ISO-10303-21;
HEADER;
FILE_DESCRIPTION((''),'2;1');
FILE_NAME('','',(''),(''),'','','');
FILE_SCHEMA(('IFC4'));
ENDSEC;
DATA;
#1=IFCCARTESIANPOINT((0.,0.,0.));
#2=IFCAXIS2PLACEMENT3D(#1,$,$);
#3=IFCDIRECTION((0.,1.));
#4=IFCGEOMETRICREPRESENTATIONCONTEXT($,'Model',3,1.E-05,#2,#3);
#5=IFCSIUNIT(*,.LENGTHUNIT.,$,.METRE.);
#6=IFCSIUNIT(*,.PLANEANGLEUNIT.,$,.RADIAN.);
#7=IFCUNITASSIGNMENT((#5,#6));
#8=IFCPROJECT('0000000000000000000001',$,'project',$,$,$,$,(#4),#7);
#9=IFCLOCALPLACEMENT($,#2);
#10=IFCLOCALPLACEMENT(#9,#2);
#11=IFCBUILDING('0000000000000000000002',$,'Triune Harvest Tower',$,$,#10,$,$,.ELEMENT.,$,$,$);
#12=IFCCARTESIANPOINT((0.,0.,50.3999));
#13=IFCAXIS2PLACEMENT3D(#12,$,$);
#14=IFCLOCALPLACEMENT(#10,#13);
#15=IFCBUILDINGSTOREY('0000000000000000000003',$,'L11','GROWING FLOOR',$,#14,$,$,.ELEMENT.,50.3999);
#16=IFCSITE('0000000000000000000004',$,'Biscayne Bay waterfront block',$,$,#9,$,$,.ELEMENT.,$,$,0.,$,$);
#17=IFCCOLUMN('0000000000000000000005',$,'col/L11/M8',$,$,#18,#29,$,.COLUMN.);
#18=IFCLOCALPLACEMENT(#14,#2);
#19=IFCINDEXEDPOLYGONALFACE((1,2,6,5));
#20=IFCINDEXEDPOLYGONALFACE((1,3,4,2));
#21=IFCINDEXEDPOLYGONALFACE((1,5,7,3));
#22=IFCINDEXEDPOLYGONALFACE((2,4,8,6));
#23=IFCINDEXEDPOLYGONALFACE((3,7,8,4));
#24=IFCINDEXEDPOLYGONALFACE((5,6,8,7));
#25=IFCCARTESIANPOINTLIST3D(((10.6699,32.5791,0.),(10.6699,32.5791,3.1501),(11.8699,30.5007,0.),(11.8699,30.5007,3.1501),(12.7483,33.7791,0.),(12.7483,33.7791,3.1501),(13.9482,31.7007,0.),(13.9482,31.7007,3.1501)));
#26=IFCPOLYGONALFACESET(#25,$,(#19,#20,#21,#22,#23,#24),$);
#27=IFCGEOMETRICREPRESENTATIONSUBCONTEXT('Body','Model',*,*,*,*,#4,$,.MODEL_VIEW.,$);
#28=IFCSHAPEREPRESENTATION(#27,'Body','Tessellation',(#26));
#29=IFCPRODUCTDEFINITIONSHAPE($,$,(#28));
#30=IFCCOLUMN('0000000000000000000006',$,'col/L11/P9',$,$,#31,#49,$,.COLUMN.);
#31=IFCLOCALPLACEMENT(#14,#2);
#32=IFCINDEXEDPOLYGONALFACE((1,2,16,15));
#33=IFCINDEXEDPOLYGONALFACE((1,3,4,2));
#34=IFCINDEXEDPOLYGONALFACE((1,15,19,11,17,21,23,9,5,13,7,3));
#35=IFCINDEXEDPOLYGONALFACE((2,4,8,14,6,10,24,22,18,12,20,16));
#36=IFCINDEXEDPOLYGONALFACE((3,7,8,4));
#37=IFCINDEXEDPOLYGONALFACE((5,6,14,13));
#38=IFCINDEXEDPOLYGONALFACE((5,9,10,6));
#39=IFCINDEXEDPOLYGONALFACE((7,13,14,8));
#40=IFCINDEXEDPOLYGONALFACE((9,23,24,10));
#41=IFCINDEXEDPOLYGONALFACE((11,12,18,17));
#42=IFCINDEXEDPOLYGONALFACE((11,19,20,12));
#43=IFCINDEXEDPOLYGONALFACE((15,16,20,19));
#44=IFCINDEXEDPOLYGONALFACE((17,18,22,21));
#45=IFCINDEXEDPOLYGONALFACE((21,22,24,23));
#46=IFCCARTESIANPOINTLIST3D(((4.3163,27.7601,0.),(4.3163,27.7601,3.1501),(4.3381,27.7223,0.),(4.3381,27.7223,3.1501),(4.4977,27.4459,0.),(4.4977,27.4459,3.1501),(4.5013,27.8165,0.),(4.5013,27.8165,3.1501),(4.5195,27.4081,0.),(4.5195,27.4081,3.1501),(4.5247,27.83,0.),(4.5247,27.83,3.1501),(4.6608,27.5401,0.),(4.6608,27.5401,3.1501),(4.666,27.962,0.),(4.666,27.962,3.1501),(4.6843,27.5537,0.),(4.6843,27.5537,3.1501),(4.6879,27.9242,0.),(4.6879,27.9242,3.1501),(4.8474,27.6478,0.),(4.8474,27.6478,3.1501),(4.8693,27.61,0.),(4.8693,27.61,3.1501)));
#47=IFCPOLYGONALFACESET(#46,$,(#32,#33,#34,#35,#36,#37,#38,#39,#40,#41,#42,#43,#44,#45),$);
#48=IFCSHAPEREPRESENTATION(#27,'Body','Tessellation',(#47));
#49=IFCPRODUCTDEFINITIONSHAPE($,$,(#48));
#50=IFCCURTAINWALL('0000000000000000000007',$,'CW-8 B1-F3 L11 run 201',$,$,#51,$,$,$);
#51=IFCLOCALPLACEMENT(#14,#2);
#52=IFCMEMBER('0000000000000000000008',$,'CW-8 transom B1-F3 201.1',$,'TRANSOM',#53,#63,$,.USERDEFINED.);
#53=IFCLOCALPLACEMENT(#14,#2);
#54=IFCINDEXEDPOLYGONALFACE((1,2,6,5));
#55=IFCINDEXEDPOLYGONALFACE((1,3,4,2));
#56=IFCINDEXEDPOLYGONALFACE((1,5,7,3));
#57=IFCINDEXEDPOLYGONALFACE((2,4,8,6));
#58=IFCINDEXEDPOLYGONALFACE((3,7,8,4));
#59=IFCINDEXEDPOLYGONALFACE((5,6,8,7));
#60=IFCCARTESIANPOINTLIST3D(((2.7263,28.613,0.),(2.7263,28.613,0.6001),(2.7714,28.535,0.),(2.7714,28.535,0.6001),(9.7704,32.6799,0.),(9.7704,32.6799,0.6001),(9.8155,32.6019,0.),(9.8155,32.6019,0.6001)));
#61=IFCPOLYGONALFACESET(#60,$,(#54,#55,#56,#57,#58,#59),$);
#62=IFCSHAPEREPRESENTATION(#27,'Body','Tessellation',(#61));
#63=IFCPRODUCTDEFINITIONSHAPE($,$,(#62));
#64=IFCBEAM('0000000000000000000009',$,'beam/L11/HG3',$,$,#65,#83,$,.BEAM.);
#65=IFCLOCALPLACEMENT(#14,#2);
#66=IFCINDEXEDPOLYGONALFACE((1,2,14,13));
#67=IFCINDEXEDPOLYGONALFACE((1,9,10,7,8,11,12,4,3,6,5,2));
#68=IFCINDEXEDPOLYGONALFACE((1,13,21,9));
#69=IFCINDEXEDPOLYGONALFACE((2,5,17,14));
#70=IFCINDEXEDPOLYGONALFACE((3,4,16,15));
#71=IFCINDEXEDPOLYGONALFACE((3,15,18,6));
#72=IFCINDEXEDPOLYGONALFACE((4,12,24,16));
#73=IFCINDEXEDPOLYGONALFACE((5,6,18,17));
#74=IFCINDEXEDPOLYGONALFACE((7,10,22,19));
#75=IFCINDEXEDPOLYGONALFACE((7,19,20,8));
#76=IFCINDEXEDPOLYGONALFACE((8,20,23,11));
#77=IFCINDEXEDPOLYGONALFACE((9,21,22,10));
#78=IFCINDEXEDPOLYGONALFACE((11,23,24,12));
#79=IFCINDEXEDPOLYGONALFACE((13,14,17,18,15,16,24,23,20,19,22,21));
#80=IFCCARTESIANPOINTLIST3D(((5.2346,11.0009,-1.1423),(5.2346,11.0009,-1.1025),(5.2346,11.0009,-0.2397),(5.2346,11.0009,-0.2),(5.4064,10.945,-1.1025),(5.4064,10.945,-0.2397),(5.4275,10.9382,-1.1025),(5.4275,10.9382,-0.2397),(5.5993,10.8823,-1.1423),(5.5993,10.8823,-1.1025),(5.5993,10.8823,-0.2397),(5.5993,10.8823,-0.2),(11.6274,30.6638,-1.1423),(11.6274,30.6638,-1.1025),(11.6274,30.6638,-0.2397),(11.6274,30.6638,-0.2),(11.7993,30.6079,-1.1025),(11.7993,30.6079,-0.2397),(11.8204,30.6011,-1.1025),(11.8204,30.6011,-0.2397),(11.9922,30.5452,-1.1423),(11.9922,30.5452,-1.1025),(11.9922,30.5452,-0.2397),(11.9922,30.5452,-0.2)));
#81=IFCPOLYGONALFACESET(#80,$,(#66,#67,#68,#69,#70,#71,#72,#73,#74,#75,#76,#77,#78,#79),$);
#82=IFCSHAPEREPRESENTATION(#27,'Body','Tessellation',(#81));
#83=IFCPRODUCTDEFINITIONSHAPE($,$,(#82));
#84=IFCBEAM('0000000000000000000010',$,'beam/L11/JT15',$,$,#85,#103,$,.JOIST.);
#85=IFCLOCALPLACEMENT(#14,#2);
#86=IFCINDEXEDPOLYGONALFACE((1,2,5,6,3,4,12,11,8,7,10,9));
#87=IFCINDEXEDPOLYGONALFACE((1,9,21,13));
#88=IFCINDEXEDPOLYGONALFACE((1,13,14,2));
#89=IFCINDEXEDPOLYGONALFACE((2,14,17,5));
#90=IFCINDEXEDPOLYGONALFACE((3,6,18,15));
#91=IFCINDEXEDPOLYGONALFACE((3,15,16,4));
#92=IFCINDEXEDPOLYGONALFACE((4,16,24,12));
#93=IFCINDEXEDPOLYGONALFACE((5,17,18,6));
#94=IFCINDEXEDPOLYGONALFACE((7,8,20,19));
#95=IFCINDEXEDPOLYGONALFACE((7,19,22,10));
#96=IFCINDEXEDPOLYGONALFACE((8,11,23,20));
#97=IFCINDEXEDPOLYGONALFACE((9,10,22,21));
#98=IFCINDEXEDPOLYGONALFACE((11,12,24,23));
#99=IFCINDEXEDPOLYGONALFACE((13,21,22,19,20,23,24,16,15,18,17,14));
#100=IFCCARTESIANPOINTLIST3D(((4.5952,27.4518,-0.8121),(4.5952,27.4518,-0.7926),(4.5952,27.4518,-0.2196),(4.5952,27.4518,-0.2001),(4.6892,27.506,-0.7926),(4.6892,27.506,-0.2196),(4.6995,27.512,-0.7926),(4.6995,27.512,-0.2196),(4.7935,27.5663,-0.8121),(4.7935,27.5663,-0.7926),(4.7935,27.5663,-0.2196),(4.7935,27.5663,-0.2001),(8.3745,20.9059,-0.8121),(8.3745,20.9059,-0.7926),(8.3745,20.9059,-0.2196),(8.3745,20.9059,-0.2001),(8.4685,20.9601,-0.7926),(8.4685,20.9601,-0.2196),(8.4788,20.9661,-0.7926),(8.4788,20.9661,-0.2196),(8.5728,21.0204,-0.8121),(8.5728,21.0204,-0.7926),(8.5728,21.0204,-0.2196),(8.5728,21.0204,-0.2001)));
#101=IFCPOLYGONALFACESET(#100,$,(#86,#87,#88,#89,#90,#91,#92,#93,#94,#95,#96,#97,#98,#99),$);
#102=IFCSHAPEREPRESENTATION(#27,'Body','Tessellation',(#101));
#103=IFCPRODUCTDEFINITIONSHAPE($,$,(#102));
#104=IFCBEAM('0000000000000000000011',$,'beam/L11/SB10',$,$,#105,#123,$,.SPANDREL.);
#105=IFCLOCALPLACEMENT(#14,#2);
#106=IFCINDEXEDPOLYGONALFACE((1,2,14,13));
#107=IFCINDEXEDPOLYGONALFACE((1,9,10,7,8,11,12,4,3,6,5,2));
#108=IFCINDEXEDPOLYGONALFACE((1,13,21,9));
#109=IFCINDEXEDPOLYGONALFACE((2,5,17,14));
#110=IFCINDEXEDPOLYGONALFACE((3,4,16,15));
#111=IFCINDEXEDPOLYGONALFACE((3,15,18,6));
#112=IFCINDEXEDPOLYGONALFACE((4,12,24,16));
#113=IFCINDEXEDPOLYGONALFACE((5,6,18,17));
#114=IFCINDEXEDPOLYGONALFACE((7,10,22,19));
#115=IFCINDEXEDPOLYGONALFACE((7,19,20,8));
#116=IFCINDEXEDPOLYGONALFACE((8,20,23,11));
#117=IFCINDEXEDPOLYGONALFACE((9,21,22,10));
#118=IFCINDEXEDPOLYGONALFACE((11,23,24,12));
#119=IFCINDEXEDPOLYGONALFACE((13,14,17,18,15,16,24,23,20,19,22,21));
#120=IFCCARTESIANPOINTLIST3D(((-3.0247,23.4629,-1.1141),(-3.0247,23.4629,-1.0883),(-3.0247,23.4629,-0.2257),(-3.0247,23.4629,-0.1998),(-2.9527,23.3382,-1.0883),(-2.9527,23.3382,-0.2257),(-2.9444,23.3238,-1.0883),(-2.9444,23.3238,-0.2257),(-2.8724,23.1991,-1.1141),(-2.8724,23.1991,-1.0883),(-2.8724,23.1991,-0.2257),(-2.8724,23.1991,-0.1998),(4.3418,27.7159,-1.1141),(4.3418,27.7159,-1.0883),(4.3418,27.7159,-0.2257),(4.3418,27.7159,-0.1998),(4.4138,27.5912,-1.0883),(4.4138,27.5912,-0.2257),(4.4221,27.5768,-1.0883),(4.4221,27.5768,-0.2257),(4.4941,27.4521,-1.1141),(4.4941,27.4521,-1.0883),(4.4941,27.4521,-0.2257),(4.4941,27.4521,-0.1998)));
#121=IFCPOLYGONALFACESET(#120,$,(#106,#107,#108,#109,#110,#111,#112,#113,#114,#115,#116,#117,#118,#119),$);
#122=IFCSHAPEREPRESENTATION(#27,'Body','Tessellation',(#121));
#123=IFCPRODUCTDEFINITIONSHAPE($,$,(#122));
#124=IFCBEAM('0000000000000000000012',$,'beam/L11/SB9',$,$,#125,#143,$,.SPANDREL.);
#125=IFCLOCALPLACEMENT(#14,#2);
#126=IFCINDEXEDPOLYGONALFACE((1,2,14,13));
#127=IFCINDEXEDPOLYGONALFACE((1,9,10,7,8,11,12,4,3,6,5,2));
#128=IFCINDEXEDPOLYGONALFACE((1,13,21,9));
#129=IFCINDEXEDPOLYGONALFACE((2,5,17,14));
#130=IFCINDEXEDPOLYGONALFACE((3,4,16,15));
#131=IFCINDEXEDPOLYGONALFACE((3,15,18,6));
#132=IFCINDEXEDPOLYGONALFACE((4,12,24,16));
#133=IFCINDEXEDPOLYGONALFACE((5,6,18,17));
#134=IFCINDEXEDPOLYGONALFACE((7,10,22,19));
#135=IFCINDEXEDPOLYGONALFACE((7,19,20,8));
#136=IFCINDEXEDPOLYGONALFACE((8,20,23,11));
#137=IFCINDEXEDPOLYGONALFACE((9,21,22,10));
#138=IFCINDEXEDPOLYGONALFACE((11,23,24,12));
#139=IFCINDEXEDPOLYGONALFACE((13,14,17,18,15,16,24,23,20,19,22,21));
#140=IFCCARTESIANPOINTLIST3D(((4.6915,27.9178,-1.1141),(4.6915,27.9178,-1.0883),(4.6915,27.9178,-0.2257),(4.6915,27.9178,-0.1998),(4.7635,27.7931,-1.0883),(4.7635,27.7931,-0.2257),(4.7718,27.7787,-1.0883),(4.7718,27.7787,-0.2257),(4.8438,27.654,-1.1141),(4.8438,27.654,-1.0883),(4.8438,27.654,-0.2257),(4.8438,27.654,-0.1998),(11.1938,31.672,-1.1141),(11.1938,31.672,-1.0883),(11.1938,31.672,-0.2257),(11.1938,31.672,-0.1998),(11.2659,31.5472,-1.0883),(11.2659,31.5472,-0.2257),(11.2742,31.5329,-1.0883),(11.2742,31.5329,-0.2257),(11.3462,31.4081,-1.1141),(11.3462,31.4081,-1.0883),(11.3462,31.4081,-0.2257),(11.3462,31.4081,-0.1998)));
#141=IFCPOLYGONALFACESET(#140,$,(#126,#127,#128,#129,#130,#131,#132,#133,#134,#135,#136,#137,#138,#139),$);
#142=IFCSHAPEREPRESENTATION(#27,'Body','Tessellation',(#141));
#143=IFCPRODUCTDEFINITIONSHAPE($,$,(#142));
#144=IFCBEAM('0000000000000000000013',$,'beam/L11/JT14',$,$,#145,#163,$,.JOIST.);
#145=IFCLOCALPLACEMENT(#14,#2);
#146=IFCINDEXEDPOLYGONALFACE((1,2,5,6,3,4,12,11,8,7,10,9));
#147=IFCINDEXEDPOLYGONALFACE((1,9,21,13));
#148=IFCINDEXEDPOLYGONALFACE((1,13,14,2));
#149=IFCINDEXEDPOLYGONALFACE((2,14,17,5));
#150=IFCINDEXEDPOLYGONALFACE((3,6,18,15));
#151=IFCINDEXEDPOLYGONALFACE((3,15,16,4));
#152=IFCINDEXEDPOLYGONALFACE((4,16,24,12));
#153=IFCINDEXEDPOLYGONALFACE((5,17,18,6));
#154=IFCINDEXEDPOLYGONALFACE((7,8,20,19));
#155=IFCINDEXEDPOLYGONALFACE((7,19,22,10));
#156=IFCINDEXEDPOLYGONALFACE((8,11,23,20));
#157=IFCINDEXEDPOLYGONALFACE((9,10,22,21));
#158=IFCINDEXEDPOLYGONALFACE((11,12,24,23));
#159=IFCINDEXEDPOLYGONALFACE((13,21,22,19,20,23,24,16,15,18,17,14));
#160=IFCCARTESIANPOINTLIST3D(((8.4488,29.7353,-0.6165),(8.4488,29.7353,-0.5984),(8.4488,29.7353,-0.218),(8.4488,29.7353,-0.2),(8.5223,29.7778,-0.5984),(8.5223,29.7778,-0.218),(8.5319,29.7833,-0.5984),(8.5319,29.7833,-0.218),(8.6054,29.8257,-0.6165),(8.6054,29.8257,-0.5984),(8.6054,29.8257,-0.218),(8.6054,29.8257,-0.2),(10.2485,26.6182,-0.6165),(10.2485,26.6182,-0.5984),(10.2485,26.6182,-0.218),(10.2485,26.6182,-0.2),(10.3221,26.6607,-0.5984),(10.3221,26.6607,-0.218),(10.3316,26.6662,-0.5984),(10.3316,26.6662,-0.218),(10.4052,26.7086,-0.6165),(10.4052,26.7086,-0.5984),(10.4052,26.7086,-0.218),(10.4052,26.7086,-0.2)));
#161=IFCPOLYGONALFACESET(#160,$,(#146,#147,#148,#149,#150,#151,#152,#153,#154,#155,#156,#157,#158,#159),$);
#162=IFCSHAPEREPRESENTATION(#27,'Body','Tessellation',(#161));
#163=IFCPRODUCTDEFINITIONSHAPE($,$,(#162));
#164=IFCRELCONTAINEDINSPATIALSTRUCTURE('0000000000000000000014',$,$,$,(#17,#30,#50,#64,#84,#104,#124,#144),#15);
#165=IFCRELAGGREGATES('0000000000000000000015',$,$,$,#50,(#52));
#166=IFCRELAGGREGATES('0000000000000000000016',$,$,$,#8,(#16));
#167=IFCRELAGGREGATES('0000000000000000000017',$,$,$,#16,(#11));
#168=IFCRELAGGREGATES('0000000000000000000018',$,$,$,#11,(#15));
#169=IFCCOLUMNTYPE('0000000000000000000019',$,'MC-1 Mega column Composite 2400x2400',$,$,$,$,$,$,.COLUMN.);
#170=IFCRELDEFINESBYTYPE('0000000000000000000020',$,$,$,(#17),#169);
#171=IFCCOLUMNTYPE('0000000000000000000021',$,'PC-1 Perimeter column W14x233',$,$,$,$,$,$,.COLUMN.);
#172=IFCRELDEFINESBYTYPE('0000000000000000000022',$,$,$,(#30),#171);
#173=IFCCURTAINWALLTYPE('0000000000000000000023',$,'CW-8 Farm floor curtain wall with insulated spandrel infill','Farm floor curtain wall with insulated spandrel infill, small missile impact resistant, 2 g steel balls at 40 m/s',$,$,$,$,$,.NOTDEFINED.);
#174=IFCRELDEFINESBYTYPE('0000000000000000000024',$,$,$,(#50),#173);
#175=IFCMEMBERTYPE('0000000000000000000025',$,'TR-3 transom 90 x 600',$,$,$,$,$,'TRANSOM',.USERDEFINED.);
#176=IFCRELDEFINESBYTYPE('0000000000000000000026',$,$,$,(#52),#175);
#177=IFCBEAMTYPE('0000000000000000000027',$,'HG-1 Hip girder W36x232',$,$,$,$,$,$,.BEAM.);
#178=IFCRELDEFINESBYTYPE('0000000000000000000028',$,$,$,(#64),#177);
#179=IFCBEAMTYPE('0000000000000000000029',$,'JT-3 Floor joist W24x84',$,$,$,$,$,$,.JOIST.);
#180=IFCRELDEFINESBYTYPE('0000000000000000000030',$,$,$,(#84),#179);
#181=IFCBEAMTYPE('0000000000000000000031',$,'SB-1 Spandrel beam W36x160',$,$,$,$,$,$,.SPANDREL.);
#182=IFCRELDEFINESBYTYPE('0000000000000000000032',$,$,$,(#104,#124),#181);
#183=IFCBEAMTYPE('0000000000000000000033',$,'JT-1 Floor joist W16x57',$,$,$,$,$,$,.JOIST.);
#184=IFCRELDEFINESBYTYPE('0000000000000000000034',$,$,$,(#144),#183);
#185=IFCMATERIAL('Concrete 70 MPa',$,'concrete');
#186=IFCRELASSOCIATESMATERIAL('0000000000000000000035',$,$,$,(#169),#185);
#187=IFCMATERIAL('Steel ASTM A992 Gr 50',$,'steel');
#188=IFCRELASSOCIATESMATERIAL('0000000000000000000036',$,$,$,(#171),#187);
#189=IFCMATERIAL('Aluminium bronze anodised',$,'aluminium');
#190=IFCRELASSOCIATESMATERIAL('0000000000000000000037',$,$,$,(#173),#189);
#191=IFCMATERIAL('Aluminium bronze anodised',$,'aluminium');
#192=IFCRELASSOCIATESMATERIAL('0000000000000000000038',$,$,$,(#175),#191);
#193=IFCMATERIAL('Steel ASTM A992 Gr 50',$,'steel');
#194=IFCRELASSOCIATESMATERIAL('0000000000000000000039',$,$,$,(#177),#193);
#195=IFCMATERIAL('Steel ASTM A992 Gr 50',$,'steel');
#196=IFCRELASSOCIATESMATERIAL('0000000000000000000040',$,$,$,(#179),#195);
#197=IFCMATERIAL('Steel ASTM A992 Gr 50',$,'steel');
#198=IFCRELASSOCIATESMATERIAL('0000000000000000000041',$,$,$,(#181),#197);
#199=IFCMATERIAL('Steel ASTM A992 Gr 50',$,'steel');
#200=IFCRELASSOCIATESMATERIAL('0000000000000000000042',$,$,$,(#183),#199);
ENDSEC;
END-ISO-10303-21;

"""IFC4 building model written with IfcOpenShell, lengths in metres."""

from ifc_helpers import new_model, si_unit, direction, frame, origin, origin_2d, place, context, subcontext, project, spatial, rectangle, i_section, extrude, source, transform, mapped, material, material_profile, profile_set, type_object, element, aggregate, save


model = new_model("IFC4")

# Units and contexts
model_context = context("Model", 3, precision=1e-05, world=origin(), true_north=direction((0.0, 1.0)))
body_context = subcontext(model_context, "Body", "Model", "MODEL_VIEW")
ifc_project = project(units=[si_unit("LENGTHUNIT", "METRE"), si_unit("PLANEANGLEUNIT", "RADIAN")], contexts=[model_context])

# Site, building, storey
site_placement = place(None, origin())
site = spatial("IfcSite", under=ifc_project, at=site_placement, Name="Biscayne Bay waterfront block", CompositionType="ELEMENT", RefElevation=0.0)
building_placement = place(site_placement, origin())
building = spatial("IfcBuilding", under=site, at=building_placement, Name="Triune Harvest Tower", CompositionType="ELEMENT")
storey_placement = place(building_placement, frame((0.0, 0.0, 50.3999)))
storey = spatial("IfcBuildingStorey", under=building, at=storey_placement, Name="L11", Description="GROWING FLOOR", CompositionType="ELEMENT", Elevation=50.3999)

# Columns
ifc_material_1 = material(Name="Concrete 70 MPa", Category="concrete")
ifc_material_profile_1 = material_profile(ifc_material_1, rectangle(XDim=2.3999, YDim=2.3999, at=origin_2d()), Name="Composite 2400x2400")
ifc_profile_set_1 = profile_set([ifc_material_profile_1], Name="Concrete 70 MPa")
column_type_1 = type_object("IfcColumnType", Name="MC-1 Mega column Composite 2400x2400", PredefinedType="COLUMN", material=ifc_profile_set_1)
shared_shape_1 = source(origin(), body_context, "Body", "SweptSolid", [
    extrude(rectangle(XDim=2.3999, YDim=2.3999, at=origin_2d()), origin(), (0.0, 0.0, 1.0), 3.1501),
])
column_1_placement = place(storey_placement, frame((12.3091, 32.1399, 0.0), z_axis=(0.0, 0.0, 1.0), x_axis=(-0.866025, -0.5, 0.0)))
element("IfcColumn", 1, at=column_1_placement, inside=storey, type_object=column_type_1, Name="col/L11/M8", PredefinedType="COLUMN", context=body_context, shape_type="MappedRepresentation", body=[
    mapped(shared_shape_1, transform((0.0, 0.0, 0.0), scale=1.0)),
])
ifc_material_2 = material(Name="Steel ASTM A992 Gr 50", Category="steel")
ifc_material_profile_2 = material_profile(ifc_material_2, i_section(OverallWidth=0.4038, OverallDepth=0.4065, WebThickness=0.0271, FlangeThickness=0.0437, at=origin_2d()), Name="W14x233")
ifc_profile_set_2 = profile_set([ifc_material_profile_2], Name="Steel ASTM A992 Gr 50")
column_type_2 = type_object("IfcColumnType", Name="PC-1 Perimeter column W14x233", PredefinedType="COLUMN", material=ifc_profile_set_2)
shared_shape_2 = source(origin(), body_context, "Body", "SweptSolid", [
    extrude(i_section(OverallWidth=0.4038, OverallDepth=0.4065, WebThickness=0.0271, FlangeThickness=0.0437, at=origin_2d()), origin(), (0.0, 0.0, 1.0), 3.1501),
])
column_2_placement = place(storey_placement, frame((4.5928, 27.6851, 0.0), z_axis=(0.0, 0.0, 1.0), x_axis=(-0.866025, -0.5, 0.0)))
element("IfcColumn", 2, at=column_2_placement, inside=storey, type_object=column_type_2, Name="col/L11/P9", PredefinedType="COLUMN", context=body_context, shape_type="MappedRepresentation", body=[
    mapped(shared_shape_2, transform((0.0, 0.0, 0.0), scale=1.0)),
])

# Curtain wall, member
ifc_material_3 = material(Name="Aluminium bronze anodised", Category="aluminium")
curtain_wall_type_1 = type_object("IfcCurtainWallType", Name="CW-8 Farm floor curtain wall with insulated spandrel infill", Description="Farm floor curtain wall with insulated spandrel infill, small missile impact resistant, 2 g steel balls at 40 m/s", PredefinedType="NOTDEFINED", material=ifc_material_3)
curtain_wall_1_placement = place(storey_placement, origin())
curtain_wall_1 = element("IfcCurtainWall", 3, at=curtain_wall_1_placement, inside=storey, type_object=curtain_wall_type_1, Name="CW-8 B1-F3 L11 run 201")
ifc_material_4 = material(Name="Aluminium bronze anodised", Category="aluminium")
ifc_material_profile_3 = material_profile(ifc_material_4, rectangle(XDim=0.0901, YDim=0.6001, at=origin_2d()), Name="TR-3 transom 90 x 600")
ifc_profile_set_3 = profile_set([ifc_material_profile_3], Name="Aluminium bronze anodised")
member_type_1 = type_object("IfcMemberType", Name="TR-3 transom 90 x 600", ElementType="TRANSOM", PredefinedType="USERDEFINED", material=ifc_profile_set_3)
member_1_placement = place(storey_placement, frame((9.793, 32.6409, 0.3), z_axis=(-0.866029, -0.499994, 0.0), x_axis=(0.499994, -0.866029, 0.0)))
member_1 = element("IfcMember", 4, at=member_1_placement, type_object=member_type_1, Name="CW-8 transom B1-F3 201.1", ObjectType="TRANSOM", PredefinedType="USERDEFINED", context=body_context, shape_type="SweptSolid", body=[
    extrude(rectangle(XDim=0.0901, YDim=0.6001, at=origin_2d()), origin(), (0.0, 0.0, 1.0), 8.1338),
])

# Beams
ifc_material_5 = material(Name="Steel ASTM A992 Gr 50", Category="steel")
ifc_material_profile_4 = material_profile(ifc_material_5, i_section(OverallWidth=0.3835, OverallDepth=0.9424, WebThickness=0.0222, FlangeThickness=0.0398, at=origin_2d()), Name="W36x232")
ifc_profile_set_4 = profile_set([ifc_material_profile_4], Name="Steel ASTM A992 Gr 50")
beam_type_1 = type_object("IfcBeamType", Name="HG-1 Hip girder W36x232", PredefinedType="BEAM", material=ifc_profile_set_4)
shared_shape_3 = source(origin(), body_context, "Body", "SweptSolid", [
    extrude(i_section(OverallWidth=0.3835, OverallDepth=0.9424, WebThickness=0.0222, FlangeThickness=0.0398, at=origin_2d()), origin(), (0.0, 0.0, 1.0), 20.676),
])
beam_1_placement = place(storey_placement, frame((11.8098, 30.6045, -0.6711), z_axis=(-0.309191, -0.951, 0.0), x_axis=(0.951, -0.309191, 0.0)))
element("IfcBeam", 5, at=beam_1_placement, inside=storey, type_object=beam_type_1, Name="beam/L11/HG3", PredefinedType="BEAM", context=body_context, shape_type="MappedRepresentation", body=[
    mapped(shared_shape_3, transform((0.0, 0.0, 0.0), scale=1.0)),
])
ifc_material_6 = material(Name="Steel ASTM A992 Gr 50", Category="steel")
ifc_material_profile_5 = material_profile(ifc_material_6, i_section(OverallWidth=0.229, OverallDepth=0.6121, WebThickness=0.012, FlangeThickness=0.0195, at=origin_2d()), Name="W24x84")
ifc_profile_set_5 = profile_set([ifc_material_profile_5], Name="Steel ASTM A992 Gr 50")
beam_type_2 = type_object("IfcBeamType", Name="JT-3 Floor joist W24x84", PredefinedType="JOIST", material=ifc_profile_set_5)
shared_shape_4 = source(origin(), body_context, "Body", "SweptSolid", [
    extrude(i_section(OverallWidth=0.229, OverallDepth=0.6121, WebThickness=0.012, FlangeThickness=0.0195, at=origin_2d()), origin(), (0.0, 0.0, 1.0), 7.5586),
])
beam_2_placement = place(storey_placement, frame((4.6943, 27.509, -0.5061), z_axis=(0.500002, -0.866024, 0.0), x_axis=(0.866024, 0.500002, 0.0)))
element("IfcBeam", 6, at=beam_2_placement, inside=storey, type_object=beam_type_2, Name="beam/L11/JT15", PredefinedType="JOIST", context=body_context, shape_type="MappedRepresentation", body=[
    mapped(shared_shape_4, transform((0.0, 0.0, 0.0), scale=1.0)),
])
ifc_material_7 = material(Name="Steel ASTM A992 Gr 50", Category="steel")
ifc_material_profile_6 = material_profile(ifc_material_7, i_section(OverallWidth=0.3047, OverallDepth=0.9143, WebThickness=0.0166, FlangeThickness=0.0259, at=origin_2d()), Name="W36x160")
ifc_profile_set_6 = profile_set([ifc_material_profile_6], Name="Steel ASTM A992 Gr 50")
beam_type_3 = type_object("IfcBeamType", Name="SB-1 Spandrel beam W36x160", PredefinedType="SPANDREL", material=ifc_profile_set_6)
shared_shape_5 = source(origin(), body_context, "Body", "SweptSolid", [
    extrude(i_section(OverallWidth=0.3047, OverallDepth=0.9143, WebThickness=0.0166, FlangeThickness=0.0259, at=origin_2d()), origin(), (0.0, 0.0, 1.0), 8.5061),
])
beam_3_placement = place(storey_placement, frame((4.418, 27.584, -0.657), z_axis=(-0.86603, -0.499992, 0.0), x_axis=(0.499992, -0.86603, 0.0)))
element("IfcBeam", 7, at=beam_3_placement, inside=storey, type_object=beam_type_3, Name="beam/L11/SB10", PredefinedType="SPANDREL", context=body_context, shape_type="MappedRepresentation", body=[
    mapped(shared_shape_5, transform((0.0, 0.0, 0.0), scale=1.0)),
])
shared_shape_6 = source(origin(), body_context, "Body", "SweptSolid", [
    extrude(i_section(OverallWidth=0.3047, OverallDepth=0.9143, WebThickness=0.0166, FlangeThickness=0.0259, at=origin_2d()), origin(), (0.0, 0.0, 1.0), 7.5083),
])
beam_4_placement = place(storey_placement, frame((11.27, 31.54, -0.657), z_axis=(-0.866027, -0.499996, 0.0), x_axis=(0.499996, -0.866027, 0.0)))
element("IfcBeam", 8, at=beam_4_placement, inside=storey, type_object=beam_type_3, Name="beam/L11/SB9", PredefinedType="SPANDREL", context=body_context, shape_type="MappedRepresentation", body=[
    mapped(shared_shape_6, transform((0.0, 0.0, 0.0), scale=1.0)),
])
ifc_material_8 = material(Name="Steel ASTM A992 Gr 50", Category="steel")
ifc_material_profile_7 = material_profile(ifc_material_8, i_section(OverallWidth=0.1809, OverallDepth=0.4165, WebThickness=0.011, FlangeThickness=0.0181, at=origin_2d()), Name="W16x57")
ifc_profile_set_7 = profile_set([ifc_material_profile_7], Name="Steel ASTM A992 Gr 50")
beam_type_4 = type_object("IfcBeamType", Name="JT-1 Floor joist W16x57", PredefinedType="JOIST", material=ifc_profile_set_7)
shared_shape_7 = source(origin(), body_context, "Body", "SweptSolid", [
    extrude(i_section(OverallWidth=0.1809, OverallDepth=0.4165, WebThickness=0.011, FlangeThickness=0.0181, at=origin_2d()), origin(), (0.0, 0.0, 1.0), 3.5994),
])
beam_5_placement = place(storey_placement, frame((8.5271, 29.7805, -0.4082), z_axis=(0.50002, -0.866014, 0.0), x_axis=(0.866014, 0.50002, 0.0)))
element("IfcBeam", 9, at=beam_5_placement, inside=storey, type_object=beam_type_4, Name="beam/L11/JT14", PredefinedType="JOIST", context=body_context, shape_type="MappedRepresentation", body=[
    mapped(shared_shape_7, transform((0.0, 0.0, 0.0), scale=1.0)),
])

aggregate(curtain_wall_1, [member_1])

save(model, "model.ifc")
